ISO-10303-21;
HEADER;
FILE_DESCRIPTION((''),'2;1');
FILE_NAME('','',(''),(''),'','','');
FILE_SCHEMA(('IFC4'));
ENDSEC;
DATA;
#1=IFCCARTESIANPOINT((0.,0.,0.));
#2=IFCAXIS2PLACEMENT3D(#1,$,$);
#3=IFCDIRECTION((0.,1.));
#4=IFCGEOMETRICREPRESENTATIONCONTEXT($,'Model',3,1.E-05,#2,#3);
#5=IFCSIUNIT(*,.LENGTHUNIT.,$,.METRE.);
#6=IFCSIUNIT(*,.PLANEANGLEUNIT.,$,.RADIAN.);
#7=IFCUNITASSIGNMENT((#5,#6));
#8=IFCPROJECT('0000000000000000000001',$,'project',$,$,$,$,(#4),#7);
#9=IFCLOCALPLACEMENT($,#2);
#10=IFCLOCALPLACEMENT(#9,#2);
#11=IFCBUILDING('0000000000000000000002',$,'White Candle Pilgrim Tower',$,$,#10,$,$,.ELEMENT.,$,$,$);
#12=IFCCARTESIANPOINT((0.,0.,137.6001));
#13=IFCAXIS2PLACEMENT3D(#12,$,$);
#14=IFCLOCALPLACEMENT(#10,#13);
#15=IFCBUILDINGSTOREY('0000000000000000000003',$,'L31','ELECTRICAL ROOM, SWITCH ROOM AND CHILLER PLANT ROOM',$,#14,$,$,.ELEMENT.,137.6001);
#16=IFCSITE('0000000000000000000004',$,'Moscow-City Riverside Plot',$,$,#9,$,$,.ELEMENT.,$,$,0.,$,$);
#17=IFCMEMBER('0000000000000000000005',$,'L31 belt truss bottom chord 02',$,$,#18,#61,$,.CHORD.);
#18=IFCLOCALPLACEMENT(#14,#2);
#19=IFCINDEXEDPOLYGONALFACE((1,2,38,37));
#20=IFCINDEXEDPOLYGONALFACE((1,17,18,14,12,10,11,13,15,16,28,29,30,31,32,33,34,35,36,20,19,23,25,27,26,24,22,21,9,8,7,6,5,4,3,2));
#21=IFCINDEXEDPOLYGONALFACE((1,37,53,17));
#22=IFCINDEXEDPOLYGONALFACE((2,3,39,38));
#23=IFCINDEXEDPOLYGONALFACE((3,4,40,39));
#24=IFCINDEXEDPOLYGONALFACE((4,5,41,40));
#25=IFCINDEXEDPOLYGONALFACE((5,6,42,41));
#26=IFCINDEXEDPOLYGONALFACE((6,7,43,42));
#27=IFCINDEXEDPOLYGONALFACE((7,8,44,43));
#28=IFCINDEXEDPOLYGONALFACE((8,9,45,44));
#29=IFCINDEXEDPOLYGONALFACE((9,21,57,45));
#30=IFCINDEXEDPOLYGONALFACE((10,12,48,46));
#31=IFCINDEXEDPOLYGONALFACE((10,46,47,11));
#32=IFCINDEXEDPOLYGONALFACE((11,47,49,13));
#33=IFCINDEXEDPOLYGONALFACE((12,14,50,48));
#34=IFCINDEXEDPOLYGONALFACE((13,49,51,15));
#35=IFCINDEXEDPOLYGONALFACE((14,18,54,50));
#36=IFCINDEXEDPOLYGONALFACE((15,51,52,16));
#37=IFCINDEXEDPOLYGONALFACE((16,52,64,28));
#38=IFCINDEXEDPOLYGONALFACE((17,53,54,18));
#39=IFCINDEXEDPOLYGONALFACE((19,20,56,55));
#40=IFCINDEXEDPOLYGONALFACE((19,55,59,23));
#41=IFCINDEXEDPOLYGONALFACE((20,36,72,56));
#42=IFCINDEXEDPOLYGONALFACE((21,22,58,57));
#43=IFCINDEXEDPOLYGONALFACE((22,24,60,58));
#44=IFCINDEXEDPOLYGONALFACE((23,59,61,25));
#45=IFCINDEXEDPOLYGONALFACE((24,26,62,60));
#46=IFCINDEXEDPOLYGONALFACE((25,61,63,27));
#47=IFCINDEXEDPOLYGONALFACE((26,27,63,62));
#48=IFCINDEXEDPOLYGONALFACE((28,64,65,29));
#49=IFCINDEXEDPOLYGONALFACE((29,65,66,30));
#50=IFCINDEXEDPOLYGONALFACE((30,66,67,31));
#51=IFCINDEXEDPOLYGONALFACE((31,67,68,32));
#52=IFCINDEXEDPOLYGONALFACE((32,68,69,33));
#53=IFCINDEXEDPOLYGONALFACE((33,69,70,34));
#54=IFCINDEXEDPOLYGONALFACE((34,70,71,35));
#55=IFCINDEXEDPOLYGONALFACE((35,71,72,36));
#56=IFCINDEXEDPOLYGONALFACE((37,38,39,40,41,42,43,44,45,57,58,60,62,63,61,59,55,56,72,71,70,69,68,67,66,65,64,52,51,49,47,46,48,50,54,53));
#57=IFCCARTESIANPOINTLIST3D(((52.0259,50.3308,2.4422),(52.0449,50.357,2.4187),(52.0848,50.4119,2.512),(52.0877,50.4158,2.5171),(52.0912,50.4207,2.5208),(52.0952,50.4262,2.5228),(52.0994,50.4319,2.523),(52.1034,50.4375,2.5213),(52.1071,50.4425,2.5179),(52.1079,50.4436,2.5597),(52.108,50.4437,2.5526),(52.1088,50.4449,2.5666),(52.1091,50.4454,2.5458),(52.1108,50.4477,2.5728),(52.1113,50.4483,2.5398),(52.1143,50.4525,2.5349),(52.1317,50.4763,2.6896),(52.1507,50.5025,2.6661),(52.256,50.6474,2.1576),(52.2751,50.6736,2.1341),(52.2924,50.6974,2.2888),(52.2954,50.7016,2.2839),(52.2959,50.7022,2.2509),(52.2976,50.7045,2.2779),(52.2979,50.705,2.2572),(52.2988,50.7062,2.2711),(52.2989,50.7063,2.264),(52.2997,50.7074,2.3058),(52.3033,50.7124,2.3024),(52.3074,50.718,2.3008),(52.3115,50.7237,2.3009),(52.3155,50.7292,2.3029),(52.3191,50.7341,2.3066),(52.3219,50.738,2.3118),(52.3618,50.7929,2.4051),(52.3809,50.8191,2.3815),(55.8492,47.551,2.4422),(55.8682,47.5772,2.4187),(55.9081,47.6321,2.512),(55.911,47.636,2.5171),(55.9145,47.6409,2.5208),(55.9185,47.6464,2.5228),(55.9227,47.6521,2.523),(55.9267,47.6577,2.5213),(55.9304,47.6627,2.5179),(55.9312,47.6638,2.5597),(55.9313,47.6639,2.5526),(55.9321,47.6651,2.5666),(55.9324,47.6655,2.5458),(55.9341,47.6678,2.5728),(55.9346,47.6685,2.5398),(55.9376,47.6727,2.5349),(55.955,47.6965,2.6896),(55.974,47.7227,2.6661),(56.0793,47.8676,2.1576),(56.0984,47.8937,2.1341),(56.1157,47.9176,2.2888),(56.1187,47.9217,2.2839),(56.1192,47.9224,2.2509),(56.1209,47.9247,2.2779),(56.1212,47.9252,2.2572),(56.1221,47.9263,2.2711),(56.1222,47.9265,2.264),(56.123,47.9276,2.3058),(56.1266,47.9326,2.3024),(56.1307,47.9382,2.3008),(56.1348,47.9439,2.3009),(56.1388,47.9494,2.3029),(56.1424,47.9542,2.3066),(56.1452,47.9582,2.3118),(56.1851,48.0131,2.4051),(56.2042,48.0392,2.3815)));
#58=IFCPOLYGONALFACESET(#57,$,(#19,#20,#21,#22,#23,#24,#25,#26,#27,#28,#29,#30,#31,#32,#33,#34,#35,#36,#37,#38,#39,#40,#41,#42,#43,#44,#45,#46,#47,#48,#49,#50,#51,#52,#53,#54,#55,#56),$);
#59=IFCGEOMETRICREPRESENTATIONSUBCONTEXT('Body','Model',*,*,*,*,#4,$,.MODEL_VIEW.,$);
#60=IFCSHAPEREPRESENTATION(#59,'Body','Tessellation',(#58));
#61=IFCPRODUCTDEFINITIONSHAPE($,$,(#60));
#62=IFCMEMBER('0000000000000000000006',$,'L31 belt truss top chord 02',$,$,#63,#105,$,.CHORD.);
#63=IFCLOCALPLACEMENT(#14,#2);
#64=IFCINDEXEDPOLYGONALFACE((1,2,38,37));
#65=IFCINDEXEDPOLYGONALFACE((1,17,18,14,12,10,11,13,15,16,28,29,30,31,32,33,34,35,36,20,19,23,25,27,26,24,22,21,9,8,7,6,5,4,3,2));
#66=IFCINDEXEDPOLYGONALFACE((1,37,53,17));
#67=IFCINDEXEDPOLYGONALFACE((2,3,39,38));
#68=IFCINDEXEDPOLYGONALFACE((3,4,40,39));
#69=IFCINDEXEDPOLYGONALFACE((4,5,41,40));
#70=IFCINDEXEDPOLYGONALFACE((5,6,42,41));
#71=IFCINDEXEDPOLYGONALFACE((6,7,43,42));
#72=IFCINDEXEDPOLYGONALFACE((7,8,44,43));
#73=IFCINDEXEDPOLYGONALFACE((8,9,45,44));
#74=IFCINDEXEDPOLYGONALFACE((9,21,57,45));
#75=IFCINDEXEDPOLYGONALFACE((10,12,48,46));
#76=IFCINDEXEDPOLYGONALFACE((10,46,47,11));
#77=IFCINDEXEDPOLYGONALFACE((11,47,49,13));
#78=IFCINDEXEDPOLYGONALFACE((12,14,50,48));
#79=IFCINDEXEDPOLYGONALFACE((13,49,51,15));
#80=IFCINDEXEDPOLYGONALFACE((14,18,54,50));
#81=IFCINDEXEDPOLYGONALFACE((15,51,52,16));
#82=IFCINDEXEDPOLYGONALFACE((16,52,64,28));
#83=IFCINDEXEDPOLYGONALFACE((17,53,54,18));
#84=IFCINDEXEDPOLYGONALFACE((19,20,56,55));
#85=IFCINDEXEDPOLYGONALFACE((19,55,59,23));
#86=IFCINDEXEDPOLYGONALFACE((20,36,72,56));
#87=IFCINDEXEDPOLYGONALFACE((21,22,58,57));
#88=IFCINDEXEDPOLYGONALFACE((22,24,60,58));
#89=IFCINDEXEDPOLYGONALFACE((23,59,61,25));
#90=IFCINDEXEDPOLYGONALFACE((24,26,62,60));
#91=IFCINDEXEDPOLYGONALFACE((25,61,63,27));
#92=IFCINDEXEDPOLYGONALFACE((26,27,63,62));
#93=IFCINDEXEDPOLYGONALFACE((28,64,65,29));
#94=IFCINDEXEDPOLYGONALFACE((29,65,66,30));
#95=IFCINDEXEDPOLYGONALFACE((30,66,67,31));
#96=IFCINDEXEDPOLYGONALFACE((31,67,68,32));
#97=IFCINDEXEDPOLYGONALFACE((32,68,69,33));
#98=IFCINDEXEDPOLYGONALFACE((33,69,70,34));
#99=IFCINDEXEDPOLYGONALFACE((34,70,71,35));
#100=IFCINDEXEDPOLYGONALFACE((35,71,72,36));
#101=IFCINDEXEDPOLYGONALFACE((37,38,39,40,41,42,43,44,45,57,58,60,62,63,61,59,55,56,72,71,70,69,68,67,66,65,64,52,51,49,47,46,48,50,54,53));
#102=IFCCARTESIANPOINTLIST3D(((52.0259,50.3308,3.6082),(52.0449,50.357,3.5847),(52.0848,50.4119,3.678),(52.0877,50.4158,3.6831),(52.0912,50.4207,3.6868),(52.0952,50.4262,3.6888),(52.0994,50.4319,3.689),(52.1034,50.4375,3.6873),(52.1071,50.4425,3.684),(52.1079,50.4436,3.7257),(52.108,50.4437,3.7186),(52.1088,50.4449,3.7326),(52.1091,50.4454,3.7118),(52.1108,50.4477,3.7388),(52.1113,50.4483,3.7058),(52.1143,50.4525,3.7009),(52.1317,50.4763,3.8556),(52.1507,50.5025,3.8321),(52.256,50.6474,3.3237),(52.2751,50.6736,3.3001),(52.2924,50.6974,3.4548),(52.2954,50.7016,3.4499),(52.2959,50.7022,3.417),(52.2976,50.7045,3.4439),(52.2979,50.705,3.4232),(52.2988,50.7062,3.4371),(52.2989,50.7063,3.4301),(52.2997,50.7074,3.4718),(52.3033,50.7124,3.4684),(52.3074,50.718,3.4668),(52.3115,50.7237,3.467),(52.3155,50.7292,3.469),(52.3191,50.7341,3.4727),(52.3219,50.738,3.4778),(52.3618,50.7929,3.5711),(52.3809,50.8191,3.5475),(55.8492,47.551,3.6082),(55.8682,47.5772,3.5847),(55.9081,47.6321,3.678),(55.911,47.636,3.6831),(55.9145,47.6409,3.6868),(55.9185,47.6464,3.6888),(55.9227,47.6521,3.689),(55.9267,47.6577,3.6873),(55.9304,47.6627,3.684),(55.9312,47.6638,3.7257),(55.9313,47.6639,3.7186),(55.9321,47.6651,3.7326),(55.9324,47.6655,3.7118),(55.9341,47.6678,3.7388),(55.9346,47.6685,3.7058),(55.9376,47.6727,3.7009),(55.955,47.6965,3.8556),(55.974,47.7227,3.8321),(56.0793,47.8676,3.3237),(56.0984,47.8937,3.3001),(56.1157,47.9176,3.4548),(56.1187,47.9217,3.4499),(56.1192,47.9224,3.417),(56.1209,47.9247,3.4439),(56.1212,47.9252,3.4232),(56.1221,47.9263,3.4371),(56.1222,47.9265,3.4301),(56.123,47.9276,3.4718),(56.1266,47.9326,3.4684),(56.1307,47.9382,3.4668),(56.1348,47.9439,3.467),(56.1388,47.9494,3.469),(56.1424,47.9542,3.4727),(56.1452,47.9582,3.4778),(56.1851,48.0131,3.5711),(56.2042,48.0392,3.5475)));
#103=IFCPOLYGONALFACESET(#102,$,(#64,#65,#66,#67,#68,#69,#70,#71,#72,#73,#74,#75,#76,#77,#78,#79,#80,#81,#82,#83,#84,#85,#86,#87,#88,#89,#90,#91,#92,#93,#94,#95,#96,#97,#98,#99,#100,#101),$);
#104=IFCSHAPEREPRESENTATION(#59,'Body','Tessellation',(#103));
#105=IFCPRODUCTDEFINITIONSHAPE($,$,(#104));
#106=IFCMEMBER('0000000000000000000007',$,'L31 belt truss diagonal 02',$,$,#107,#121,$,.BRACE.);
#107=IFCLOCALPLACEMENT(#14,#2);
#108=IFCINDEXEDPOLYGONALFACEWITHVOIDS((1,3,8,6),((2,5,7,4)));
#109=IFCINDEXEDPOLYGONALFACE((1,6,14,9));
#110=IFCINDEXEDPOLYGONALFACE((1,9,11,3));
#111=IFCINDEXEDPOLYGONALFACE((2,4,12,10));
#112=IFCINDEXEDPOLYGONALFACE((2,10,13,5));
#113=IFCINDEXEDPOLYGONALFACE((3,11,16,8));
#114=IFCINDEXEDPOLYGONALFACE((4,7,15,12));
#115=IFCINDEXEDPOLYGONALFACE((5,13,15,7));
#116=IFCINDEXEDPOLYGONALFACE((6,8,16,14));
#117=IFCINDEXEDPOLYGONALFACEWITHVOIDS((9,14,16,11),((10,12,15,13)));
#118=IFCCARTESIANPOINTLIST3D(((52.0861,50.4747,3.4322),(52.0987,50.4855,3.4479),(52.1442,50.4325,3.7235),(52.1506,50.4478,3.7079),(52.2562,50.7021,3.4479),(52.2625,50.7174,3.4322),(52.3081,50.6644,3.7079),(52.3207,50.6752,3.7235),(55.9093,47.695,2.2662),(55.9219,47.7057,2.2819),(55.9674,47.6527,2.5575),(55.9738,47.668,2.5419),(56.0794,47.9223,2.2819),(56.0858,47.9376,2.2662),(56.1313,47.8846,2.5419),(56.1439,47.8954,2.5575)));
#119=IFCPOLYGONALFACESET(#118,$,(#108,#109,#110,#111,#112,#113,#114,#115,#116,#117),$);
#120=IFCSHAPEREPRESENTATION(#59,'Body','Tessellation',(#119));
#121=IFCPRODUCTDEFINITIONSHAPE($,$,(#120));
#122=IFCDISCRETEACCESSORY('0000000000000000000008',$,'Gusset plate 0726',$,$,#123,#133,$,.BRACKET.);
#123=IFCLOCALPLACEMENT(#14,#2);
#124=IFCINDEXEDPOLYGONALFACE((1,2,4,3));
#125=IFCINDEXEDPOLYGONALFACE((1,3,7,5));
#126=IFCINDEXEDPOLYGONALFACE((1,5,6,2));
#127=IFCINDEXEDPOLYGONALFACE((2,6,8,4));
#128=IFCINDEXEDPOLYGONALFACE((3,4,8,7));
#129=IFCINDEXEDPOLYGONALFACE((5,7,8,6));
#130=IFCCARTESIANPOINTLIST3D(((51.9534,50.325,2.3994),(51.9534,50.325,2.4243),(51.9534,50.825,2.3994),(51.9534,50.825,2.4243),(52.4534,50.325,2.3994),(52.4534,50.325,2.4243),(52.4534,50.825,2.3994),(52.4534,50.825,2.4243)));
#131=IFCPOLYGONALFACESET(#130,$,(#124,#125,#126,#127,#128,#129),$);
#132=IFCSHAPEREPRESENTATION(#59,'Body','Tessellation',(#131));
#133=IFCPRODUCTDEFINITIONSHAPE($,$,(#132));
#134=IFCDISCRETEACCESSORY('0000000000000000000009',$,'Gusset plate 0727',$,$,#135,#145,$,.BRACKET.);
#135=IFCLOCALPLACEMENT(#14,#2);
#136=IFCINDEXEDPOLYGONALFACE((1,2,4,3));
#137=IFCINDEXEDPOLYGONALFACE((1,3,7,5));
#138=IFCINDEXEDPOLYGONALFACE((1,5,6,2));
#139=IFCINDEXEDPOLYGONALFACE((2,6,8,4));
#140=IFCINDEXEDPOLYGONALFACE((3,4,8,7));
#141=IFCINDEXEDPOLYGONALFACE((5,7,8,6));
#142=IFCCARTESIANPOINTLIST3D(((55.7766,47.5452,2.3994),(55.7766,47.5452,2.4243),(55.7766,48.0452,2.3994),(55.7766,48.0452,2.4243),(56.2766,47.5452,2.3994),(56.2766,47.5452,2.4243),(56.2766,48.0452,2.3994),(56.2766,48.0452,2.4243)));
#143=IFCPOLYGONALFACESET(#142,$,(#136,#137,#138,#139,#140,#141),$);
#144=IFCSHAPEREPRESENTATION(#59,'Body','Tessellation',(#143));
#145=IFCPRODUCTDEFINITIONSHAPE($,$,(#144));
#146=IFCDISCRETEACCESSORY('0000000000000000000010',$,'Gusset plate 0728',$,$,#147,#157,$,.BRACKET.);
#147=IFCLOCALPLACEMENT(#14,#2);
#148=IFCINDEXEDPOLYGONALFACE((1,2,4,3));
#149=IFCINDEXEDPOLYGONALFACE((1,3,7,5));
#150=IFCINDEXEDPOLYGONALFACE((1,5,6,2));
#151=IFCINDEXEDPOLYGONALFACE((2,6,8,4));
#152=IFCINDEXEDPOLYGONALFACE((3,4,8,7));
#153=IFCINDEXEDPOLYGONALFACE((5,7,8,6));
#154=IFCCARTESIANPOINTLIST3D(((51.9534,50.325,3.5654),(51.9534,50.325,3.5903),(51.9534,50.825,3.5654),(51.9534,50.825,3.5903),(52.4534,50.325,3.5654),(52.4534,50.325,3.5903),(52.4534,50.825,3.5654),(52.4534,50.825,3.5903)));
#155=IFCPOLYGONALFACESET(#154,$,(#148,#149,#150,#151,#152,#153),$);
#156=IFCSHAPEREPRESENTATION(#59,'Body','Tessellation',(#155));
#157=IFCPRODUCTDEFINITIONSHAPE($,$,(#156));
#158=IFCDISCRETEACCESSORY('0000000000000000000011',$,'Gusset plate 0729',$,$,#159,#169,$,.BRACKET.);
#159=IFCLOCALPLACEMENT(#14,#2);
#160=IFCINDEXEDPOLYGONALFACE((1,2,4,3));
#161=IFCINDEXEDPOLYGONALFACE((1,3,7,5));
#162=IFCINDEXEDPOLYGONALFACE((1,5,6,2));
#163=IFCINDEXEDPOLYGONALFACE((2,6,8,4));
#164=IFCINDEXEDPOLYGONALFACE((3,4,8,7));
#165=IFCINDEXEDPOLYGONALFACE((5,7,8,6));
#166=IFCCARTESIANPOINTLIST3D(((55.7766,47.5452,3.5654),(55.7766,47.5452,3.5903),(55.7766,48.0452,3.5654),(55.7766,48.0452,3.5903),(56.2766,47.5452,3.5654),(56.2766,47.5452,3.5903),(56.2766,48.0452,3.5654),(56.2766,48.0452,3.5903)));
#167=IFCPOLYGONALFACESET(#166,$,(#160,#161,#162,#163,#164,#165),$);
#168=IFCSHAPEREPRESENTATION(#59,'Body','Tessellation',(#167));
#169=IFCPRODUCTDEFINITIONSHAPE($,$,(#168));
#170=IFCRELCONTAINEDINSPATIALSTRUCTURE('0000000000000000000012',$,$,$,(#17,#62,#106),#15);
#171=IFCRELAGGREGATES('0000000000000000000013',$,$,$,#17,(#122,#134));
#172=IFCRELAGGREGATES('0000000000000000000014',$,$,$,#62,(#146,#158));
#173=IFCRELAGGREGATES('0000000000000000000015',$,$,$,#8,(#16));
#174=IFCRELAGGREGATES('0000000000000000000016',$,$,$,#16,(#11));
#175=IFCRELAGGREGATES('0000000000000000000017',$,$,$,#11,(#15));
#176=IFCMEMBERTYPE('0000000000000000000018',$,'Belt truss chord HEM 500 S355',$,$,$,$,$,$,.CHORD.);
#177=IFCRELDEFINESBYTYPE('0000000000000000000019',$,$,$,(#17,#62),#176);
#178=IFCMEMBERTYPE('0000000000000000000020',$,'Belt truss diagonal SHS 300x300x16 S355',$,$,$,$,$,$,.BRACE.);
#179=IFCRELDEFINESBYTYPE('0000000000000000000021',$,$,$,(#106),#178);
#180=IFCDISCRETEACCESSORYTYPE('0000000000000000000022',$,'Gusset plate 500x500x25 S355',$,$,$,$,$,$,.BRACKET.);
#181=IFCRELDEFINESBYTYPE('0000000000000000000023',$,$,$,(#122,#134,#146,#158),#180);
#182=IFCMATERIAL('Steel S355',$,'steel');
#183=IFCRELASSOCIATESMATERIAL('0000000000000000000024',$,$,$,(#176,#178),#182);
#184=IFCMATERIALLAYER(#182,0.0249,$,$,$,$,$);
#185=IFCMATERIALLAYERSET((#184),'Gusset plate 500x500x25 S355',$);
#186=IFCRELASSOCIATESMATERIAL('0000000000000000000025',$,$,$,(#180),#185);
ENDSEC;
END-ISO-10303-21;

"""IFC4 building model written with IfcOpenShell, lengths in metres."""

from ifc_helpers import new_model, si_unit, direction, frame, origin, origin_2d, place, context, subcontext, project, spatial, rectangle, hollow_rectangle, i_section, extrude, material, layer, layer_set, material_profile, profile_set, type_object, element, aggregate, save


model = new_model("IFC4")

# Units and contexts
model_context = context("Model", 3, precision=1e-05, world=origin(), true_north=direction((0.0, 1.0)))
body_context = subcontext(model_context, "Body", "Model", "MODEL_VIEW")
ifc_project = project(units=[si_unit("LENGTHUNIT", "METRE"), si_unit("PLANEANGLEUNIT", "RADIAN")], contexts=[model_context])

# Site, building, storey
site_placement = place(None, origin())
site = spatial("IfcSite", under=ifc_project, at=site_placement, Name="Moscow-City Riverside Plot", CompositionType="ELEMENT", RefElevation=0.0)
building_placement = place(site_placement, origin())
building = spatial("IfcBuilding", under=site, at=building_placement, Name="White Candle Pilgrim Tower", CompositionType="ELEMENT")
storey_placement = place(building_placement, frame((0.0, 0.0, 137.6001)))
storey = spatial("IfcBuildingStorey", under=building, at=storey_placement, Name="L31", Description="ELECTRICAL ROOM, SWITCH ROOM AND CHILLER PLANT ROOM", CompositionType="ELEMENT", Elevation=137.6001)

# Members
ifc_material_1 = material(Name="Steel S355", Category="steel")
ifc_material_profile_1 = material_profile(ifc_material_1, i_section(OverallWidth=0.3059, OverallDepth=0.5239, WebThickness=0.021, FlangeThickness=0.04, FilletRadius=0.0271, at=origin_2d()), Name="HEM 500")
ifc_profile_set_1 = profile_set([ifc_material_profile_1], Name="Steel S355")
member_type_1 = type_object("IfcMemberType", Name="Belt truss chord HEM 500 S355", PredefinedType="CHORD", material=ifc_profile_set_1)
member_1_placement = place(storey_placement, frame((52.2034, 50.575, 2.4119), z_axis=(0.808812, -0.588067, 0.0), x_axis=(0.345827, 0.475641, 0.808807)))
member_1 = element("IfcMember", 1, at=member_1_placement, inside=storey, type_object=member_type_1, Name="L31 belt truss bottom chord 02", PredefinedType="CHORD", context=body_context, shape_type="SweptSolid", body=[
    extrude(i_section(OverallWidth=0.3059, OverallDepth=0.5239, WebThickness=0.021, FlangeThickness=0.04, FilletRadius=0.0271, at=origin_2d()), origin(), (0.0, 0.0, 1.0), 4.7271),
])
member_2_placement = place(storey_placement, frame((52.2034, 50.575, 3.5779), z_axis=(0.808812, -0.588067, 0.0), x_axis=(0.345827, 0.475641, 0.808807)))
member_2 = element("IfcMember", 2, at=member_2_placement, inside=storey, type_object=member_type_1, Name="L31 belt truss top chord 02", PredefinedType="CHORD", context=body_context, shape_type="SweptSolid", body=[
    extrude(i_section(OverallWidth=0.3059, OverallDepth=0.5239, WebThickness=0.021, FlangeThickness=0.04, FilletRadius=0.0271, at=origin_2d()), origin(), (0.0, 0.0, 1.0), 4.7271),
])
ifc_material_profile_2 = material_profile(ifc_material_1, hollow_rectangle(XDim=0.3, YDim=0.3, WallThickness=0.0161, at=origin_2d()), Name="SHS 300x300x16")
ifc_profile_set_2 = profile_set([ifc_material_profile_2], Name="Steel S355")
member_type_2 = type_object("IfcMemberType", Name="Belt truss diagonal SHS 300x300x16 S355", PredefinedType="BRACE", material=ifc_profile_set_2)
member_3_placement = place(storey_placement, frame((52.2034, 50.575, 3.5779), z_axis=(0.785274, -0.570953, -0.239494), x_axis=(0.588067, 0.808812, 0.0)))
element("IfcMember", 3, at=member_3_placement, inside=storey, type_object=member_type_2, Name="L31 belt truss diagonal 02", PredefinedType="BRACE", context=body_context, shape_type="SweptSolid", body=[
    extrude(hollow_rectangle(XDim=0.3, YDim=0.3, WallThickness=0.0161, at=origin_2d()), origin(), (0.0, 0.0, 1.0), 4.8687),
])

# Discrete accessories
ifc_layer_1 = layer(ifc_material_1, 0.0249)
ifc_layer_set_1 = layer_set([ifc_layer_1], Name="Gusset plate 500x500x25 S355")
discrete_accessory_type = type_object("IfcDiscreteAccessoryType", Name="Gusset plate 500x500x25 S355", PredefinedType="BRACKET", material=ifc_layer_set_1)
discrete_accessory_1_placement = place(storey_placement, frame((52.2034, 50.575, 2.3994), z_axis=(0.0, 0.0, 1.0), x_axis=(1.0, 0.0, 0.0)))
discrete_accessory_1 = element("IfcDiscreteAccessory", 4, at=discrete_accessory_1_placement, type_object=discrete_accessory_type, Name="Gusset plate 0726", PredefinedType="BRACKET", context=body_context, shape_type="SweptSolid", body=[
    extrude(rectangle(XDim=0.5, YDim=0.5, at=origin_2d()), origin(), (0.0, 0.0, 1.0), 0.0249),
])
discrete_accessory_2_placement = place(storey_placement, frame((56.0266, 47.7952, 2.3994), z_axis=(0.0, 0.0, 1.0), x_axis=(1.0, 0.0, 0.0)))
discrete_accessory_2 = element("IfcDiscreteAccessory", 5, at=discrete_accessory_2_placement, type_object=discrete_accessory_type, Name="Gusset plate 0727", PredefinedType="BRACKET", context=body_context, shape_type="SweptSolid", body=[
    extrude(rectangle(XDim=0.5, YDim=0.5, at=origin_2d()), origin(), (0.0, 0.0, 1.0), 0.0249),
])
aggregate(member_1, [discrete_accessory_1, discrete_accessory_2])
discrete_accessory_3_placement = place(storey_placement, frame((52.2034, 50.575, 3.5654), z_axis=(0.0, 0.0, 1.0), x_axis=(1.0, 0.0, 0.0)))
discrete_accessory_3 = element("IfcDiscreteAccessory", 6, at=discrete_accessory_3_placement, type_object=discrete_accessory_type, Name="Gusset plate 0728", PredefinedType="BRACKET", context=body_context, shape_type="SweptSolid", body=[
    extrude(rectangle(XDim=0.5, YDim=0.5, at=origin_2d()), origin(), (0.0, 0.0, 1.0), 0.0249),
])
discrete_accessory_4_placement = place(storey_placement, frame((56.0266, 47.7952, 3.5654), z_axis=(0.0, 0.0, 1.0), x_axis=(1.0, 0.0, 0.0)))
discrete_accessory_4 = element("IfcDiscreteAccessory", 7, at=discrete_accessory_4_placement, type_object=discrete_accessory_type, Name="Gusset plate 0729", PredefinedType="BRACKET", context=body_context, shape_type="SweptSolid", body=[
    extrude(rectangle(XDim=0.5, YDim=0.5, at=origin_2d()), origin(), (0.0, 0.0, 1.0), 0.0249),
])
aggregate(member_2, [discrete_accessory_3, discrete_accessory_4])

save(model, "model.ifc")
